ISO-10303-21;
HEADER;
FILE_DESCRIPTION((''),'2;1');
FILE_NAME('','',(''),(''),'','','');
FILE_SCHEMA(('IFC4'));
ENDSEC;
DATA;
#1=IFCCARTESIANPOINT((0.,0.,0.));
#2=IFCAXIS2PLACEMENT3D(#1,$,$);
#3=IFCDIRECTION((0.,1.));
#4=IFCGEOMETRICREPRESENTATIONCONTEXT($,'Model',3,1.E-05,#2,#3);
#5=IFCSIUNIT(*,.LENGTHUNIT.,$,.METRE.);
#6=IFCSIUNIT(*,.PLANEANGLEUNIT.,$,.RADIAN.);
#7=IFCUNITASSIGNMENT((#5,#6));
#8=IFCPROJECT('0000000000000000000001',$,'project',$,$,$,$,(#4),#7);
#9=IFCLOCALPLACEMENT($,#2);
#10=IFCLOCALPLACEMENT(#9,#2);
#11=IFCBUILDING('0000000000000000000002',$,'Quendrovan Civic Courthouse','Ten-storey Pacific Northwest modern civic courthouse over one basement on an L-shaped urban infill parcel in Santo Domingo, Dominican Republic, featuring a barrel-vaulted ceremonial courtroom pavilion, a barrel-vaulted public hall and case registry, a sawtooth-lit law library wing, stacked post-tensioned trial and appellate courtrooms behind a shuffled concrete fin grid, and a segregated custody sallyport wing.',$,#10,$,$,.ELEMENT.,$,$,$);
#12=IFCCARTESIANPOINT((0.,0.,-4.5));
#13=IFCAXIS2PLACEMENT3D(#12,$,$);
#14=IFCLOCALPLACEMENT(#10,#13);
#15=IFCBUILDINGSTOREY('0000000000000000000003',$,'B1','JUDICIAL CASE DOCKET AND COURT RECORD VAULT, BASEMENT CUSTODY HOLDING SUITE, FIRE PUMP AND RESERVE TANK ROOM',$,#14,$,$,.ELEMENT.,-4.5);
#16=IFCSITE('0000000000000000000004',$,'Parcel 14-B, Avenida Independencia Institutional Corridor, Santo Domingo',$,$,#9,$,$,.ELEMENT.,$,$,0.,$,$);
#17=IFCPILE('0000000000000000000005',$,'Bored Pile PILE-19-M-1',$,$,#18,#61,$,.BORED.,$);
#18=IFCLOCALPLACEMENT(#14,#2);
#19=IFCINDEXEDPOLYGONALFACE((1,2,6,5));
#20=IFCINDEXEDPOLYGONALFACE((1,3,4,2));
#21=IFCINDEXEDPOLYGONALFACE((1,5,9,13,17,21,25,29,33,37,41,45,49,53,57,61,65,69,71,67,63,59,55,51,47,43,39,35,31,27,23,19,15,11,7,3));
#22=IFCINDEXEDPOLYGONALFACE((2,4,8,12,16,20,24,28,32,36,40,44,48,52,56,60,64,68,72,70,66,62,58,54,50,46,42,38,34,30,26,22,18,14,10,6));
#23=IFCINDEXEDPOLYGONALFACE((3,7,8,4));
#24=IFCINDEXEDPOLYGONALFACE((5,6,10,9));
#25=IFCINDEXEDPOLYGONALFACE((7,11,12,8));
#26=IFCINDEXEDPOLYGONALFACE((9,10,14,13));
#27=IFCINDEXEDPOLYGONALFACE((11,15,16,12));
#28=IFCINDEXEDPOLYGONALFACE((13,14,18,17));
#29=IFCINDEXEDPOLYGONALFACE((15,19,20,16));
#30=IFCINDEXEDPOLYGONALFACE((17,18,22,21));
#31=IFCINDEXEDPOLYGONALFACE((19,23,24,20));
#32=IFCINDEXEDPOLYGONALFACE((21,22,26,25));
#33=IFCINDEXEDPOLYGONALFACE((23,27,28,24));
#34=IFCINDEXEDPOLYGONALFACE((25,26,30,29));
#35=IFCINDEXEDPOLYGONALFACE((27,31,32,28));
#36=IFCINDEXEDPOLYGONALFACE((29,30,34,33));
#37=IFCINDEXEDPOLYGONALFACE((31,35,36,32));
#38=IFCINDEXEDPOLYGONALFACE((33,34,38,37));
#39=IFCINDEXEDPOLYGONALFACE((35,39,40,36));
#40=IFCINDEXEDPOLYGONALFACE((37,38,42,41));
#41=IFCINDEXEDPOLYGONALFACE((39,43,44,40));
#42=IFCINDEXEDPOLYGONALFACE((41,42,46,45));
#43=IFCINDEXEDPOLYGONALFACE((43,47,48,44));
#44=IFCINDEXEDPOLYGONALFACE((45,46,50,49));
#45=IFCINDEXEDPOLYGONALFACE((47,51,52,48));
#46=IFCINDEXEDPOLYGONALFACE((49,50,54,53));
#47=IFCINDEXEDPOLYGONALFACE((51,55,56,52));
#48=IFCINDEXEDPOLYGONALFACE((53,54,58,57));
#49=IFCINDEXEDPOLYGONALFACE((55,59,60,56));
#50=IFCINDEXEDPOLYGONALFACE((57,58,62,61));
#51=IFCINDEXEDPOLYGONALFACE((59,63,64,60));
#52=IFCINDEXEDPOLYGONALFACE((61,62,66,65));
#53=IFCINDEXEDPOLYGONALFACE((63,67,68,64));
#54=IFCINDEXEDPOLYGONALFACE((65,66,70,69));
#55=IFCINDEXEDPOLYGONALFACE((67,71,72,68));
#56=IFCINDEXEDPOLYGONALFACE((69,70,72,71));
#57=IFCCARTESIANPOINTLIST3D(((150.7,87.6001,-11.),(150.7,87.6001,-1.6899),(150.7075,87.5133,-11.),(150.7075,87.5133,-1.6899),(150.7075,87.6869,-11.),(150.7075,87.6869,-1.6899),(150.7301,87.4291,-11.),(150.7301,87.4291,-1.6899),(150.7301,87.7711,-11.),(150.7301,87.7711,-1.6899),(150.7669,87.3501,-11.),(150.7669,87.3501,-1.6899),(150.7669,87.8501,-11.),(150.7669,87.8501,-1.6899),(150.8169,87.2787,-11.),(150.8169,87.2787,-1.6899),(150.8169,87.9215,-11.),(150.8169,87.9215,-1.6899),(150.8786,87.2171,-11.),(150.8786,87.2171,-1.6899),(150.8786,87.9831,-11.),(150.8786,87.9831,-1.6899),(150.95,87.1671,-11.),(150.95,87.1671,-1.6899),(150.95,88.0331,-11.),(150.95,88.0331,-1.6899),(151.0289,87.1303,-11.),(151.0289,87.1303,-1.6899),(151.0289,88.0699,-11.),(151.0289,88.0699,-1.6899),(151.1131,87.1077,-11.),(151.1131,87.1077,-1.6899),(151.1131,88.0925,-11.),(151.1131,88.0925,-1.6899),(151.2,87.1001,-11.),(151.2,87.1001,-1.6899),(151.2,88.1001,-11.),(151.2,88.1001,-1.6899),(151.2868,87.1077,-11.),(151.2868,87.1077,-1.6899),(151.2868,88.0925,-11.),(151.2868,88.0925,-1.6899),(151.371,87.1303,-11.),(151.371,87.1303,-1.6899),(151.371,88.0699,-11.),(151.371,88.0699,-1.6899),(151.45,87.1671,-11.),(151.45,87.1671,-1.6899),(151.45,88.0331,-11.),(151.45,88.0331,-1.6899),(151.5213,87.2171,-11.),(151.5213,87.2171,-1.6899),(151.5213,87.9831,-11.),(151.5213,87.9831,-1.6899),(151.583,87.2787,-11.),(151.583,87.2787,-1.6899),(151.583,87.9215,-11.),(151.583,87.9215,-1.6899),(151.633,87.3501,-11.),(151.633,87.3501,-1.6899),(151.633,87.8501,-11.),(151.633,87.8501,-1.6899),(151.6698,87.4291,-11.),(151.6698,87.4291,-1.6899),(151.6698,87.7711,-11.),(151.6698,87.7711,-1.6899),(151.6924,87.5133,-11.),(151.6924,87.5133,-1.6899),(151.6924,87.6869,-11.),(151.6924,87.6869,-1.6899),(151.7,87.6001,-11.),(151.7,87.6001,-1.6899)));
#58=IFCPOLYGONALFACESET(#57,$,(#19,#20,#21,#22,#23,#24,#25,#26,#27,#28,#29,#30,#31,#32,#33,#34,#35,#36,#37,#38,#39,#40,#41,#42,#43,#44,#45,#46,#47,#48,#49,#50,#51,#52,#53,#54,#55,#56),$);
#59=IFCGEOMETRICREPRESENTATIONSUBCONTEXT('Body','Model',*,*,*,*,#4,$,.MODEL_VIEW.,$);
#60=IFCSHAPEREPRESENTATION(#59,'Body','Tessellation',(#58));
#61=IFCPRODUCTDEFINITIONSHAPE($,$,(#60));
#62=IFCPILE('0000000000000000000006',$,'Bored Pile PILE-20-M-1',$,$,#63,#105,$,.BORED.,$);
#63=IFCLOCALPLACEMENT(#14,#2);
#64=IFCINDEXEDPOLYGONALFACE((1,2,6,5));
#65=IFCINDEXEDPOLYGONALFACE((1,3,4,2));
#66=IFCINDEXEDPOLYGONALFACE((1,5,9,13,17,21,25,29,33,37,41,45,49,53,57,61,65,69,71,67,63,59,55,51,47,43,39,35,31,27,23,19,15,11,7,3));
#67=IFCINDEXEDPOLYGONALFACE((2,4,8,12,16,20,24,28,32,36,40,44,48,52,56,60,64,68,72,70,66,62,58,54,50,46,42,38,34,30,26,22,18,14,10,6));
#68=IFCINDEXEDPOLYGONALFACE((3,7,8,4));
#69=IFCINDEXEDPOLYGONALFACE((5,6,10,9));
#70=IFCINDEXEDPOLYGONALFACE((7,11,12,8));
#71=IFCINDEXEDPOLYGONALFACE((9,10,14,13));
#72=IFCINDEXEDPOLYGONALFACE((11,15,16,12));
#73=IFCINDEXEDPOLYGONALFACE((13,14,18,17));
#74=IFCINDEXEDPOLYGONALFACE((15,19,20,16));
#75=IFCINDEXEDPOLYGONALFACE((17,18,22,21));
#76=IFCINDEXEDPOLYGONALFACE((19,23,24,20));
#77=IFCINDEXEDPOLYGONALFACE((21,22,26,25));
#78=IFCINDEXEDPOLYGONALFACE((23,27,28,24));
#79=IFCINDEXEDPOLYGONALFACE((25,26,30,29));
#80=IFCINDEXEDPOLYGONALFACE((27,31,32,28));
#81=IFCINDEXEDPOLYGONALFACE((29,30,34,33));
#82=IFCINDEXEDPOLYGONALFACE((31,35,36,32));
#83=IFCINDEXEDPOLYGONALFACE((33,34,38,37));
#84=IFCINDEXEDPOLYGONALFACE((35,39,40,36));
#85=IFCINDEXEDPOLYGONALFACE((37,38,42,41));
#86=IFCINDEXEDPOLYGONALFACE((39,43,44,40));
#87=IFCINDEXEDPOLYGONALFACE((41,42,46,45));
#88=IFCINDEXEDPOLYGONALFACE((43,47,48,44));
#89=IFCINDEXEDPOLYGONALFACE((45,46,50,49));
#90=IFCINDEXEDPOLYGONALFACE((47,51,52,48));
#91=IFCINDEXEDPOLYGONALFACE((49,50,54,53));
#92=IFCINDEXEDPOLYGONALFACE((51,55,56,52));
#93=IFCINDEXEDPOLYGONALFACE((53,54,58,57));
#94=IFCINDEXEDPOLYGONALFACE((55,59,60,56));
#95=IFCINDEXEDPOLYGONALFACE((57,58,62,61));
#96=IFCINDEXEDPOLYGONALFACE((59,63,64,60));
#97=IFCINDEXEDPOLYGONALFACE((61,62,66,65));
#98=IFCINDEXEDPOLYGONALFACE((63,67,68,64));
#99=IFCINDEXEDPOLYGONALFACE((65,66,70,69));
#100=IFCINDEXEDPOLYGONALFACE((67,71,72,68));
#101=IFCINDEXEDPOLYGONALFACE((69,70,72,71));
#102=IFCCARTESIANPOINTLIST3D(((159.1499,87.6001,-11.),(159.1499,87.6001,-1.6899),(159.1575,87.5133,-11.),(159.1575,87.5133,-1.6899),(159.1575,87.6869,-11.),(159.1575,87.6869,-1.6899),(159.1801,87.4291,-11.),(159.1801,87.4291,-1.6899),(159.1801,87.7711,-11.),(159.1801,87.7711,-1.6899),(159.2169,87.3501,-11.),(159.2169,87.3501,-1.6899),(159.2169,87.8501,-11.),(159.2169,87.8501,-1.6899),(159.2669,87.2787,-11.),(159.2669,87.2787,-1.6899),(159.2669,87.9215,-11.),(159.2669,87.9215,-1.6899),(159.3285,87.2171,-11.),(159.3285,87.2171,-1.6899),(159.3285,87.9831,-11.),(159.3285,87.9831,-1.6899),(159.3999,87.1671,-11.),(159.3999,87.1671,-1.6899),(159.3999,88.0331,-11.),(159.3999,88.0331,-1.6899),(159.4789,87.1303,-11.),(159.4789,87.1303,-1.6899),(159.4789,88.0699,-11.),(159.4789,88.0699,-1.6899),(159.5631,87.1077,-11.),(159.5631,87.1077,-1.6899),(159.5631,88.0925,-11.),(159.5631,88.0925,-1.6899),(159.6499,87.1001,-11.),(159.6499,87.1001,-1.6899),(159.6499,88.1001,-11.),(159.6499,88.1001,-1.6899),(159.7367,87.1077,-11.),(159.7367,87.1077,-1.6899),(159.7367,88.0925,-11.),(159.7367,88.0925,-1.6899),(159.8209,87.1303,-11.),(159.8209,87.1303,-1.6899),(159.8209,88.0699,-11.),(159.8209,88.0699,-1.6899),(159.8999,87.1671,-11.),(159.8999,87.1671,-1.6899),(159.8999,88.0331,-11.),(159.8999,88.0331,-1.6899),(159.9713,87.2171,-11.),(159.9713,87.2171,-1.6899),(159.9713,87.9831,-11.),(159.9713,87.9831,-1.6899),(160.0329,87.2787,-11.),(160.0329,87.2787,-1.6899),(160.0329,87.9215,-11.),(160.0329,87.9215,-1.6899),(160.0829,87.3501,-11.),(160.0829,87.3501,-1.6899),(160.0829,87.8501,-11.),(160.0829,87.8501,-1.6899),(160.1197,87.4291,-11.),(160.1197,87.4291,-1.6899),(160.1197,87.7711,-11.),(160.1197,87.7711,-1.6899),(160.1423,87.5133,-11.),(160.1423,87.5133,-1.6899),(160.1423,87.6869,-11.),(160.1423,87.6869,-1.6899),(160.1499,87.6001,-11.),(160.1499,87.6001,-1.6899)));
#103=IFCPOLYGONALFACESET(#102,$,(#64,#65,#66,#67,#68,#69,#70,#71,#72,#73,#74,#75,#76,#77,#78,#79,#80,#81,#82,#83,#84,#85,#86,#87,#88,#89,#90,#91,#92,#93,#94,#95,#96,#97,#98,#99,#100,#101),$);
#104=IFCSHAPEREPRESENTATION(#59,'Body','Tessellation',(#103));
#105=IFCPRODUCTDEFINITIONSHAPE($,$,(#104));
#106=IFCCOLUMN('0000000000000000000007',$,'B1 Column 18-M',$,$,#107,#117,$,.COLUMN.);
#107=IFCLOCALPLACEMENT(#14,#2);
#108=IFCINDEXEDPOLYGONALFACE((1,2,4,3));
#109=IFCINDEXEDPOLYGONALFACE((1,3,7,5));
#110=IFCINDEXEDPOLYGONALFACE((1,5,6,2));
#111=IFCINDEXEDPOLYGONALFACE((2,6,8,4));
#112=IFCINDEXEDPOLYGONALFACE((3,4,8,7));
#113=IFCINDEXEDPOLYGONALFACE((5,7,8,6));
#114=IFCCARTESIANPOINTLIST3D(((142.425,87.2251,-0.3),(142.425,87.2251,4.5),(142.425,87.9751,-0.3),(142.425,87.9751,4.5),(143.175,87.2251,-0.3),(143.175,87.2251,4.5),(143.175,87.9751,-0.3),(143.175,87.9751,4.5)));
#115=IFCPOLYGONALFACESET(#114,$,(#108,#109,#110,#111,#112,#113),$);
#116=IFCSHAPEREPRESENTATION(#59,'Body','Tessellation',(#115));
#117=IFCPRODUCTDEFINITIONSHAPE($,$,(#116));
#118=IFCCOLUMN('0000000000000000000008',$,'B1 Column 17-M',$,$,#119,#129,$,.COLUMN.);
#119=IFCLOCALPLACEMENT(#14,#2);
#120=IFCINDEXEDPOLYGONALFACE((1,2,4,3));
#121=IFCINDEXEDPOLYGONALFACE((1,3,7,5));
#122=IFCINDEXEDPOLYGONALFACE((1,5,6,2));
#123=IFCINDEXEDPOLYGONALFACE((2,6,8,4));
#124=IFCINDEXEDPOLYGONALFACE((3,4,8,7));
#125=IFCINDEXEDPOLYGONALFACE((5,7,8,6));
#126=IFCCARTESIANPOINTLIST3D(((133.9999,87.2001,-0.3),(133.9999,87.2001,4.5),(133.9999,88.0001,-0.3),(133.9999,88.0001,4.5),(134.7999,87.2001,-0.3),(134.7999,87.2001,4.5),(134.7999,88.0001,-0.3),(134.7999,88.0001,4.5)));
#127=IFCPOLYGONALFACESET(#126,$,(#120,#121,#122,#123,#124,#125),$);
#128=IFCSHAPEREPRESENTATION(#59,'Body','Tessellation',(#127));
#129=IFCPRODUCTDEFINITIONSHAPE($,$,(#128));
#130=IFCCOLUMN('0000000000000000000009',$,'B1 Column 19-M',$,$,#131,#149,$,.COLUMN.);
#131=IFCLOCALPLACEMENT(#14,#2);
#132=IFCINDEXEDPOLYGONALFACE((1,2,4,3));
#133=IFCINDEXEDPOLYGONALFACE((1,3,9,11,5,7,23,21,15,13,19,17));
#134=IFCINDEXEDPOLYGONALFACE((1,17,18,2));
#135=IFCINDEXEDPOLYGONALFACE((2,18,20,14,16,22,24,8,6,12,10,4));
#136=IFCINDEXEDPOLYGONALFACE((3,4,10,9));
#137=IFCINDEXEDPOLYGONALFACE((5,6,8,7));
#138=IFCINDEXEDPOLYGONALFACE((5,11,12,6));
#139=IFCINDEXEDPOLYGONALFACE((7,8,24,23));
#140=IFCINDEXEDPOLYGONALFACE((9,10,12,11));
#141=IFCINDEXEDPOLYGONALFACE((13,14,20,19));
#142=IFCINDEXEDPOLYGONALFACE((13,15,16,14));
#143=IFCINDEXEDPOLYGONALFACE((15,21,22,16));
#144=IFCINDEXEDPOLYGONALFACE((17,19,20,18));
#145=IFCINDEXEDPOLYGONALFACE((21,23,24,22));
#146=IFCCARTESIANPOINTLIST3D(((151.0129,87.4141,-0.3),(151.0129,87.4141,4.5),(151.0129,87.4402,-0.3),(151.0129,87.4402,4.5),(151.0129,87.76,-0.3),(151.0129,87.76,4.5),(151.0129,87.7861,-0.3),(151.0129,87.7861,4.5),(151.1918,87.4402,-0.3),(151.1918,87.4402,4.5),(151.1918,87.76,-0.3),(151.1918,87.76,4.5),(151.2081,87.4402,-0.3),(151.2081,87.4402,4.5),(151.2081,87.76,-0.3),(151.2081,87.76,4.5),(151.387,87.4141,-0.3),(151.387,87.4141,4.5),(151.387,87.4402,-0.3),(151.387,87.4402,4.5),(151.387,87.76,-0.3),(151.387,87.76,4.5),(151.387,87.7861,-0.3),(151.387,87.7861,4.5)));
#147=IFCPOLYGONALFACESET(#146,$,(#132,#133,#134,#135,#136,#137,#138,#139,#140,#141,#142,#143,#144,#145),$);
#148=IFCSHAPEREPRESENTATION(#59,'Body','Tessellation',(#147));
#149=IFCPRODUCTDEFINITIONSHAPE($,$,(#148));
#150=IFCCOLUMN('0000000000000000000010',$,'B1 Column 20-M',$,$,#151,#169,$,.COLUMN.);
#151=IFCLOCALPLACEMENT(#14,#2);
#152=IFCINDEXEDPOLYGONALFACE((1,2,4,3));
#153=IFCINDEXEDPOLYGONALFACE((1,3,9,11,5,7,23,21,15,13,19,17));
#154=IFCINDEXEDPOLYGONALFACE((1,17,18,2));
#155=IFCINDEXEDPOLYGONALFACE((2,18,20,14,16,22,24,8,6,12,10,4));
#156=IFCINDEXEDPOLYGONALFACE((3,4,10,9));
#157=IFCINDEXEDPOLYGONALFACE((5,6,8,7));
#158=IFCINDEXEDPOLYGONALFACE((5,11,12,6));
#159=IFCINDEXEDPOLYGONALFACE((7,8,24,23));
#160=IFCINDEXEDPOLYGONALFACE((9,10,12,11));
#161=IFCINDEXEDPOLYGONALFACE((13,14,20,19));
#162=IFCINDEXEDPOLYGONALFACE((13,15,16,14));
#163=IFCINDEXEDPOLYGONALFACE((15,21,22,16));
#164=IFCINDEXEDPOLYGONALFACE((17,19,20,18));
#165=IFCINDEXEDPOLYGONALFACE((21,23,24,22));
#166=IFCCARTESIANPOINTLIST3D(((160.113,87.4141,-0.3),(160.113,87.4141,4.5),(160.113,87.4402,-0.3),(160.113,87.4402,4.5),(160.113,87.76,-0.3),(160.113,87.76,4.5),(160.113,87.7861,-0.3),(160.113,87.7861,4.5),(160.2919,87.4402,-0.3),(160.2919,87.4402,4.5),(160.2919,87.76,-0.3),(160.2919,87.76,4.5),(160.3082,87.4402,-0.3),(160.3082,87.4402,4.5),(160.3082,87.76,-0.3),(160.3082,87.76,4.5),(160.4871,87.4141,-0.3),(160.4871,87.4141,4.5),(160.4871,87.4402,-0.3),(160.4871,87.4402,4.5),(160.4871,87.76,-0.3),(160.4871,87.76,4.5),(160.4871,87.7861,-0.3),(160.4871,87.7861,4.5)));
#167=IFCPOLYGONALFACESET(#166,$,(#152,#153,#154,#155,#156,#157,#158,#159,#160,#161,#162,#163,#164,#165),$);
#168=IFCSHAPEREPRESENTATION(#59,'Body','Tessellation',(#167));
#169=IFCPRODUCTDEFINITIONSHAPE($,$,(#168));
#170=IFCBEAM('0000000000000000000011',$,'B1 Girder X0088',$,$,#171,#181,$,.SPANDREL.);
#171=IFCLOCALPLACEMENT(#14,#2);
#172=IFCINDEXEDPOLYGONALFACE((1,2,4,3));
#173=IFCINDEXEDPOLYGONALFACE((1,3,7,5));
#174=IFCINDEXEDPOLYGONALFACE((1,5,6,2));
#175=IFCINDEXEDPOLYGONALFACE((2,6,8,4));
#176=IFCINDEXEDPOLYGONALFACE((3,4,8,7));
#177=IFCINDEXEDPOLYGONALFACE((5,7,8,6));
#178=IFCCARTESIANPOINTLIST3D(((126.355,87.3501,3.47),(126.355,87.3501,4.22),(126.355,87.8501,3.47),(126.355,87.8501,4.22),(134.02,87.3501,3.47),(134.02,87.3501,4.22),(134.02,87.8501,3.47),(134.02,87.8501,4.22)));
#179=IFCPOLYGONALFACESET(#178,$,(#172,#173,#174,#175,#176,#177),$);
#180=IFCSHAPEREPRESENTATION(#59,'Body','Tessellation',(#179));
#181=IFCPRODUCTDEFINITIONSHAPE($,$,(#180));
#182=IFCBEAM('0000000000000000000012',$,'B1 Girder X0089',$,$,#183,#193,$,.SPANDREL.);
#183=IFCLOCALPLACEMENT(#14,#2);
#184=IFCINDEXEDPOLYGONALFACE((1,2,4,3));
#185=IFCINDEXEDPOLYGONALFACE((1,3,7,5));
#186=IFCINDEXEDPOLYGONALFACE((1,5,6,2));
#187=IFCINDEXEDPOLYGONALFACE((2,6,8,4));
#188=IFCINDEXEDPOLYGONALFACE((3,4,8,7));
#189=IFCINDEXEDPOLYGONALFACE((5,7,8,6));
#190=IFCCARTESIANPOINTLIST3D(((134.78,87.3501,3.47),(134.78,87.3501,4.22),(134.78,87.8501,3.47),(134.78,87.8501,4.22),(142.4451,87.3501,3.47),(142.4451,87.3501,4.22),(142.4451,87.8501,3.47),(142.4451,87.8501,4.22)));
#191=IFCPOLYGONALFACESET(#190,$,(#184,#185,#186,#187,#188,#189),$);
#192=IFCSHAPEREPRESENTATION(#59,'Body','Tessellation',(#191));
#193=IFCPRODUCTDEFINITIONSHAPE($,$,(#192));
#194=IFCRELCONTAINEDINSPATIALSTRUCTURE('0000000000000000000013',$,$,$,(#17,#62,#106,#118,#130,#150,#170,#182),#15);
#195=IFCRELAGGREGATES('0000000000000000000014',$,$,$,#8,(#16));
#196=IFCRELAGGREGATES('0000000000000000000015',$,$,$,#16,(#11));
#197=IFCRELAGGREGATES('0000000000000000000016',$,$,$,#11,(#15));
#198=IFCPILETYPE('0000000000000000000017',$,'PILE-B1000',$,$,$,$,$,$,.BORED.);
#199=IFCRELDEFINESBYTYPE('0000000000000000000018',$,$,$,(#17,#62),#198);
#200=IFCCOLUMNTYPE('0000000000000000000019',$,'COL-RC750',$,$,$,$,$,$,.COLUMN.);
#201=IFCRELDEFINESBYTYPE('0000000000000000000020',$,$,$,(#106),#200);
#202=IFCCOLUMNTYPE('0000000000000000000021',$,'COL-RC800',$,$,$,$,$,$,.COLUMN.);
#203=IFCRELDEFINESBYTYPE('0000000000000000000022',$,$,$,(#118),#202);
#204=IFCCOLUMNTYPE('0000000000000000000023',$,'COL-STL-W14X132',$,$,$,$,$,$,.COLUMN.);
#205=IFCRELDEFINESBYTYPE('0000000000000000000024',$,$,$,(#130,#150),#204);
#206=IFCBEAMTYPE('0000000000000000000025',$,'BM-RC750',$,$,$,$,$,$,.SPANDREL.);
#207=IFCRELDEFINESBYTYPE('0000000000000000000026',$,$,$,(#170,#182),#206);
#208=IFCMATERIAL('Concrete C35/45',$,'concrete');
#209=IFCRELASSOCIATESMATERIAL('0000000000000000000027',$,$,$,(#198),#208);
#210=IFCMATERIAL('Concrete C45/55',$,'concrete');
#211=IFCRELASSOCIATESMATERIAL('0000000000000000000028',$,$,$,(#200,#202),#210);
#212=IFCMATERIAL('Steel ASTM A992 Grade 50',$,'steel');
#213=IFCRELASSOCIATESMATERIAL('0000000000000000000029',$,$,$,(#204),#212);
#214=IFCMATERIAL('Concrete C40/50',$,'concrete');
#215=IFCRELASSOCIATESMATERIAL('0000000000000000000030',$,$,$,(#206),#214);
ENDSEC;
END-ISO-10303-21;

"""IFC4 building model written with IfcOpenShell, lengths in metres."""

from ifc_helpers import new_model, si_unit, direction, frame, origin, origin_2d, place, context, subcontext, project, spatial, rectangle, circle, i_section, extrude, material, material_profile, profile_set, type_object, element, save


model = new_model("IFC4")

# Units and contexts
model_context = context("Model", 3, precision=1e-05, world=origin(), true_north=direction((0.0, 1.0)))
body_context = subcontext(model_context, "Body", "Model", "MODEL_VIEW")
ifc_project = project(units=[si_unit("LENGTHUNIT", "METRE"), si_unit("PLANEANGLEUNIT", "RADIAN")], contexts=[model_context])

# Site, building, storey
site_placement = place(None, origin())
site = spatial("IfcSite", under=ifc_project, at=site_placement, Name="Parcel 14-B, Avenida Independencia Institutional Corridor, Santo Domingo", CompositionType="ELEMENT", RefElevation=0.0)
building_placement = place(site_placement, origin())
building = spatial("IfcBuilding", under=site, at=building_placement, Name="Quendrovan Civic Courthouse", Description="Ten-storey Pacific Northwest modern civic courthouse over one basement on an L-shaped urban infill parcel in Santo Domingo, Dominican Republic, featuring a barrel-vaulted ceremonial courtroom pavilion, a barrel-vaulted public hall and case registry, a sawtooth-lit law library wing, stacked post-tensioned trial and appellate courtrooms behind a shuffled concrete fin grid, and a segregated custody sallyport wing.", CompositionType="ELEMENT")
storey_placement = place(building_placement, frame((0.0, 0.0, -4.5)))
storey = spatial("IfcBuildingStorey", under=building, at=storey_placement, Name="B1", Description="JUDICIAL CASE DOCKET AND COURT RECORD VAULT, BASEMENT CUSTODY HOLDING SUITE, FIRE PUMP AND RESERVE TANK ROOM", CompositionType="ELEMENT", Elevation=-4.5)

# Shared definitions
ifc_material_1 = material(Name="Concrete C35/45", Category="concrete")

# Piles
ifc_material_profile_1 = material_profile(ifc_material_1, circle(Radius=0.5, at=origin_2d()), Name="PILE-D1000")
ifc_profile_set_1 = profile_set([ifc_material_profile_1], Name="Concrete C35/45")
pile_type = type_object("IfcPileType", Name="PILE-B1000", PredefinedType="BORED", material=ifc_profile_set_1)
for number, where, z_axis, x_axis, name in (
    (1, (151.2, 87.6001, -1.6899), (0.0, 0.0, -1.0), (1.0, 0.0, 0.0), "Bored Pile PILE-19-M-1"),
    (2, (159.6499, 87.6001, -1.6899), (0.0, 0.0, -1.0), (1.0, 0.0, 0.0), "Bored Pile PILE-20-M-1"),
):
    element("IfcPile", number, at=place(storey_placement, frame(where, z_axis=z_axis, x_axis=x_axis)), inside=storey, type_object=pile_type, Name=name, PredefinedType="BORED", context=body_context, shape_type="SweptSolid", body=[
        extrude(circle(Radius=0.5, at=origin_2d()), origin(), (0.0, 0.0, 1.0), 9.3101),
    ])

# Columns
ifc_material_2 = material(Name="Concrete C45/55", Category="concrete")
ifc_material_profile_2 = material_profile(ifc_material_2, rectangle(XDim=0.75, YDim=0.75, at=origin_2d()), Name="RC-COL-750x750")
ifc_profile_set_2 = profile_set([ifc_material_profile_2], Name="Concrete C45/55")
column_type_1 = type_object("IfcColumnType", Name="COL-RC750", PredefinedType="COLUMN", material=ifc_profile_set_2)
column_1_placement = place(storey_placement, frame((142.8, 87.6001, -0.3), z_axis=(0.0, 0.0, 1.0), x_axis=(1.0, 0.0, 0.0)))
element("IfcColumn", 3, at=column_1_placement, inside=storey, type_object=column_type_1, Name="B1 Column 18-M", PredefinedType="COLUMN", context=body_context, shape_type="SweptSolid", body=[
    extrude(rectangle(XDim=0.75, YDim=0.75, at=origin_2d()), origin(), (0.0, 0.0, 1.0), 4.8),
])
ifc_material_profile_3 = material_profile(ifc_material_2, rectangle(XDim=0.8, YDim=0.8, at=origin_2d()), Name="RC-COL-800x800")
ifc_profile_set_3 = profile_set([ifc_material_profile_3], Name="Concrete C45/55")
column_type_2 = type_object("IfcColumnType", Name="COL-RC800", PredefinedType="COLUMN", material=ifc_profile_set_3)
column_2_placement = place(storey_placement, frame((134.3999, 87.6001, -0.3), z_axis=(0.0, 0.0, 1.0), x_axis=(1.0, 0.0, 0.0)))
element("IfcColumn", 4, at=column_2_placement, inside=storey, type_object=column_type_2, Name="B1 Column 17-M", PredefinedType="COLUMN", context=body_context, shape_type="SweptSolid", body=[
    extrude(rectangle(XDim=0.8, YDim=0.8, at=origin_2d()), origin(), (0.0, 0.0, 1.0), 4.8),
])
ifc_material_3 = material(Name="Steel ASTM A992 Grade 50", Category="steel")
ifc_material_profile_4 = material_profile(ifc_material_3, i_section(OverallWidth=0.374, OverallDepth=0.3721, WebThickness=0.0164, FlangeThickness=0.0261, at=origin_2d()), Name="W14X132")
ifc_profile_set_4 = profile_set([ifc_material_profile_4], Name="Steel ASTM A992 Grade 50")
column_type_3 = type_object("IfcColumnType", Name="COL-STL-W14X132", PredefinedType="COLUMN", material=ifc_profile_set_4)
for number, where, z_axis, x_axis, name in (
    (5, (151.2, 87.6001, -0.3), (0.0, 0.0, 1.0), (1.0, 0.0, 0.0), "B1 Column 19-M"),
    (6, (160.3, 87.6001, -0.3), (0.0, 0.0, 1.0), (1.0, 0.0, 0.0), "B1 Column 20-M"),
):
    element("IfcColumn", number, at=place(storey_placement, frame(where, z_axis=z_axis, x_axis=x_axis)), inside=storey, type_object=column_type_3, Name=name, PredefinedType="COLUMN", context=body_context, shape_type="SweptSolid", body=[
        extrude(i_section(OverallWidth=0.374, OverallDepth=0.3721, WebThickness=0.0164, FlangeThickness=0.0261, at=origin_2d()), origin(), (0.0, 0.0, 1.0), 4.8),
    ])

# Beams
ifc_material_4 = material(Name="Concrete C40/50", Category="concrete")
ifc_material_profile_5 = material_profile(ifc_material_4, rectangle(XDim=0.5, YDim=0.75, at=origin_2d()), Name="RC-BM-500x750")
ifc_profile_set_5 = profile_set([ifc_material_profile_5], Name="Concrete C40/50")
beam_type = type_object("IfcBeamType", Name="BM-RC750", PredefinedType="SPANDREL", material=ifc_profile_set_5)
for number, where, z_axis, x_axis, name in (
    (7, (126.355, 87.6001, 3.845), (1.0, 0.0, 0.0), (0.0, 1.0, 0.0), "B1 Girder X0088"),
    (8, (134.78, 87.6001, 3.845), (1.0, 0.0, 0.0), (0.0, 1.0, 0.0), "B1 Girder X0089"),
):
    element("IfcBeam", number, at=place(storey_placement, frame(where, z_axis=z_axis, x_axis=x_axis)), inside=storey, type_object=beam_type, Name=name, PredefinedType="SPANDREL", context=body_context, shape_type="SweptSolid", body=[
        extrude(rectangle(XDim=0.5, YDim=0.75, at=origin_2d()), origin(), (0.0, 0.0, 1.0), 7.665),
    ])

save(model, "model.ifc")
